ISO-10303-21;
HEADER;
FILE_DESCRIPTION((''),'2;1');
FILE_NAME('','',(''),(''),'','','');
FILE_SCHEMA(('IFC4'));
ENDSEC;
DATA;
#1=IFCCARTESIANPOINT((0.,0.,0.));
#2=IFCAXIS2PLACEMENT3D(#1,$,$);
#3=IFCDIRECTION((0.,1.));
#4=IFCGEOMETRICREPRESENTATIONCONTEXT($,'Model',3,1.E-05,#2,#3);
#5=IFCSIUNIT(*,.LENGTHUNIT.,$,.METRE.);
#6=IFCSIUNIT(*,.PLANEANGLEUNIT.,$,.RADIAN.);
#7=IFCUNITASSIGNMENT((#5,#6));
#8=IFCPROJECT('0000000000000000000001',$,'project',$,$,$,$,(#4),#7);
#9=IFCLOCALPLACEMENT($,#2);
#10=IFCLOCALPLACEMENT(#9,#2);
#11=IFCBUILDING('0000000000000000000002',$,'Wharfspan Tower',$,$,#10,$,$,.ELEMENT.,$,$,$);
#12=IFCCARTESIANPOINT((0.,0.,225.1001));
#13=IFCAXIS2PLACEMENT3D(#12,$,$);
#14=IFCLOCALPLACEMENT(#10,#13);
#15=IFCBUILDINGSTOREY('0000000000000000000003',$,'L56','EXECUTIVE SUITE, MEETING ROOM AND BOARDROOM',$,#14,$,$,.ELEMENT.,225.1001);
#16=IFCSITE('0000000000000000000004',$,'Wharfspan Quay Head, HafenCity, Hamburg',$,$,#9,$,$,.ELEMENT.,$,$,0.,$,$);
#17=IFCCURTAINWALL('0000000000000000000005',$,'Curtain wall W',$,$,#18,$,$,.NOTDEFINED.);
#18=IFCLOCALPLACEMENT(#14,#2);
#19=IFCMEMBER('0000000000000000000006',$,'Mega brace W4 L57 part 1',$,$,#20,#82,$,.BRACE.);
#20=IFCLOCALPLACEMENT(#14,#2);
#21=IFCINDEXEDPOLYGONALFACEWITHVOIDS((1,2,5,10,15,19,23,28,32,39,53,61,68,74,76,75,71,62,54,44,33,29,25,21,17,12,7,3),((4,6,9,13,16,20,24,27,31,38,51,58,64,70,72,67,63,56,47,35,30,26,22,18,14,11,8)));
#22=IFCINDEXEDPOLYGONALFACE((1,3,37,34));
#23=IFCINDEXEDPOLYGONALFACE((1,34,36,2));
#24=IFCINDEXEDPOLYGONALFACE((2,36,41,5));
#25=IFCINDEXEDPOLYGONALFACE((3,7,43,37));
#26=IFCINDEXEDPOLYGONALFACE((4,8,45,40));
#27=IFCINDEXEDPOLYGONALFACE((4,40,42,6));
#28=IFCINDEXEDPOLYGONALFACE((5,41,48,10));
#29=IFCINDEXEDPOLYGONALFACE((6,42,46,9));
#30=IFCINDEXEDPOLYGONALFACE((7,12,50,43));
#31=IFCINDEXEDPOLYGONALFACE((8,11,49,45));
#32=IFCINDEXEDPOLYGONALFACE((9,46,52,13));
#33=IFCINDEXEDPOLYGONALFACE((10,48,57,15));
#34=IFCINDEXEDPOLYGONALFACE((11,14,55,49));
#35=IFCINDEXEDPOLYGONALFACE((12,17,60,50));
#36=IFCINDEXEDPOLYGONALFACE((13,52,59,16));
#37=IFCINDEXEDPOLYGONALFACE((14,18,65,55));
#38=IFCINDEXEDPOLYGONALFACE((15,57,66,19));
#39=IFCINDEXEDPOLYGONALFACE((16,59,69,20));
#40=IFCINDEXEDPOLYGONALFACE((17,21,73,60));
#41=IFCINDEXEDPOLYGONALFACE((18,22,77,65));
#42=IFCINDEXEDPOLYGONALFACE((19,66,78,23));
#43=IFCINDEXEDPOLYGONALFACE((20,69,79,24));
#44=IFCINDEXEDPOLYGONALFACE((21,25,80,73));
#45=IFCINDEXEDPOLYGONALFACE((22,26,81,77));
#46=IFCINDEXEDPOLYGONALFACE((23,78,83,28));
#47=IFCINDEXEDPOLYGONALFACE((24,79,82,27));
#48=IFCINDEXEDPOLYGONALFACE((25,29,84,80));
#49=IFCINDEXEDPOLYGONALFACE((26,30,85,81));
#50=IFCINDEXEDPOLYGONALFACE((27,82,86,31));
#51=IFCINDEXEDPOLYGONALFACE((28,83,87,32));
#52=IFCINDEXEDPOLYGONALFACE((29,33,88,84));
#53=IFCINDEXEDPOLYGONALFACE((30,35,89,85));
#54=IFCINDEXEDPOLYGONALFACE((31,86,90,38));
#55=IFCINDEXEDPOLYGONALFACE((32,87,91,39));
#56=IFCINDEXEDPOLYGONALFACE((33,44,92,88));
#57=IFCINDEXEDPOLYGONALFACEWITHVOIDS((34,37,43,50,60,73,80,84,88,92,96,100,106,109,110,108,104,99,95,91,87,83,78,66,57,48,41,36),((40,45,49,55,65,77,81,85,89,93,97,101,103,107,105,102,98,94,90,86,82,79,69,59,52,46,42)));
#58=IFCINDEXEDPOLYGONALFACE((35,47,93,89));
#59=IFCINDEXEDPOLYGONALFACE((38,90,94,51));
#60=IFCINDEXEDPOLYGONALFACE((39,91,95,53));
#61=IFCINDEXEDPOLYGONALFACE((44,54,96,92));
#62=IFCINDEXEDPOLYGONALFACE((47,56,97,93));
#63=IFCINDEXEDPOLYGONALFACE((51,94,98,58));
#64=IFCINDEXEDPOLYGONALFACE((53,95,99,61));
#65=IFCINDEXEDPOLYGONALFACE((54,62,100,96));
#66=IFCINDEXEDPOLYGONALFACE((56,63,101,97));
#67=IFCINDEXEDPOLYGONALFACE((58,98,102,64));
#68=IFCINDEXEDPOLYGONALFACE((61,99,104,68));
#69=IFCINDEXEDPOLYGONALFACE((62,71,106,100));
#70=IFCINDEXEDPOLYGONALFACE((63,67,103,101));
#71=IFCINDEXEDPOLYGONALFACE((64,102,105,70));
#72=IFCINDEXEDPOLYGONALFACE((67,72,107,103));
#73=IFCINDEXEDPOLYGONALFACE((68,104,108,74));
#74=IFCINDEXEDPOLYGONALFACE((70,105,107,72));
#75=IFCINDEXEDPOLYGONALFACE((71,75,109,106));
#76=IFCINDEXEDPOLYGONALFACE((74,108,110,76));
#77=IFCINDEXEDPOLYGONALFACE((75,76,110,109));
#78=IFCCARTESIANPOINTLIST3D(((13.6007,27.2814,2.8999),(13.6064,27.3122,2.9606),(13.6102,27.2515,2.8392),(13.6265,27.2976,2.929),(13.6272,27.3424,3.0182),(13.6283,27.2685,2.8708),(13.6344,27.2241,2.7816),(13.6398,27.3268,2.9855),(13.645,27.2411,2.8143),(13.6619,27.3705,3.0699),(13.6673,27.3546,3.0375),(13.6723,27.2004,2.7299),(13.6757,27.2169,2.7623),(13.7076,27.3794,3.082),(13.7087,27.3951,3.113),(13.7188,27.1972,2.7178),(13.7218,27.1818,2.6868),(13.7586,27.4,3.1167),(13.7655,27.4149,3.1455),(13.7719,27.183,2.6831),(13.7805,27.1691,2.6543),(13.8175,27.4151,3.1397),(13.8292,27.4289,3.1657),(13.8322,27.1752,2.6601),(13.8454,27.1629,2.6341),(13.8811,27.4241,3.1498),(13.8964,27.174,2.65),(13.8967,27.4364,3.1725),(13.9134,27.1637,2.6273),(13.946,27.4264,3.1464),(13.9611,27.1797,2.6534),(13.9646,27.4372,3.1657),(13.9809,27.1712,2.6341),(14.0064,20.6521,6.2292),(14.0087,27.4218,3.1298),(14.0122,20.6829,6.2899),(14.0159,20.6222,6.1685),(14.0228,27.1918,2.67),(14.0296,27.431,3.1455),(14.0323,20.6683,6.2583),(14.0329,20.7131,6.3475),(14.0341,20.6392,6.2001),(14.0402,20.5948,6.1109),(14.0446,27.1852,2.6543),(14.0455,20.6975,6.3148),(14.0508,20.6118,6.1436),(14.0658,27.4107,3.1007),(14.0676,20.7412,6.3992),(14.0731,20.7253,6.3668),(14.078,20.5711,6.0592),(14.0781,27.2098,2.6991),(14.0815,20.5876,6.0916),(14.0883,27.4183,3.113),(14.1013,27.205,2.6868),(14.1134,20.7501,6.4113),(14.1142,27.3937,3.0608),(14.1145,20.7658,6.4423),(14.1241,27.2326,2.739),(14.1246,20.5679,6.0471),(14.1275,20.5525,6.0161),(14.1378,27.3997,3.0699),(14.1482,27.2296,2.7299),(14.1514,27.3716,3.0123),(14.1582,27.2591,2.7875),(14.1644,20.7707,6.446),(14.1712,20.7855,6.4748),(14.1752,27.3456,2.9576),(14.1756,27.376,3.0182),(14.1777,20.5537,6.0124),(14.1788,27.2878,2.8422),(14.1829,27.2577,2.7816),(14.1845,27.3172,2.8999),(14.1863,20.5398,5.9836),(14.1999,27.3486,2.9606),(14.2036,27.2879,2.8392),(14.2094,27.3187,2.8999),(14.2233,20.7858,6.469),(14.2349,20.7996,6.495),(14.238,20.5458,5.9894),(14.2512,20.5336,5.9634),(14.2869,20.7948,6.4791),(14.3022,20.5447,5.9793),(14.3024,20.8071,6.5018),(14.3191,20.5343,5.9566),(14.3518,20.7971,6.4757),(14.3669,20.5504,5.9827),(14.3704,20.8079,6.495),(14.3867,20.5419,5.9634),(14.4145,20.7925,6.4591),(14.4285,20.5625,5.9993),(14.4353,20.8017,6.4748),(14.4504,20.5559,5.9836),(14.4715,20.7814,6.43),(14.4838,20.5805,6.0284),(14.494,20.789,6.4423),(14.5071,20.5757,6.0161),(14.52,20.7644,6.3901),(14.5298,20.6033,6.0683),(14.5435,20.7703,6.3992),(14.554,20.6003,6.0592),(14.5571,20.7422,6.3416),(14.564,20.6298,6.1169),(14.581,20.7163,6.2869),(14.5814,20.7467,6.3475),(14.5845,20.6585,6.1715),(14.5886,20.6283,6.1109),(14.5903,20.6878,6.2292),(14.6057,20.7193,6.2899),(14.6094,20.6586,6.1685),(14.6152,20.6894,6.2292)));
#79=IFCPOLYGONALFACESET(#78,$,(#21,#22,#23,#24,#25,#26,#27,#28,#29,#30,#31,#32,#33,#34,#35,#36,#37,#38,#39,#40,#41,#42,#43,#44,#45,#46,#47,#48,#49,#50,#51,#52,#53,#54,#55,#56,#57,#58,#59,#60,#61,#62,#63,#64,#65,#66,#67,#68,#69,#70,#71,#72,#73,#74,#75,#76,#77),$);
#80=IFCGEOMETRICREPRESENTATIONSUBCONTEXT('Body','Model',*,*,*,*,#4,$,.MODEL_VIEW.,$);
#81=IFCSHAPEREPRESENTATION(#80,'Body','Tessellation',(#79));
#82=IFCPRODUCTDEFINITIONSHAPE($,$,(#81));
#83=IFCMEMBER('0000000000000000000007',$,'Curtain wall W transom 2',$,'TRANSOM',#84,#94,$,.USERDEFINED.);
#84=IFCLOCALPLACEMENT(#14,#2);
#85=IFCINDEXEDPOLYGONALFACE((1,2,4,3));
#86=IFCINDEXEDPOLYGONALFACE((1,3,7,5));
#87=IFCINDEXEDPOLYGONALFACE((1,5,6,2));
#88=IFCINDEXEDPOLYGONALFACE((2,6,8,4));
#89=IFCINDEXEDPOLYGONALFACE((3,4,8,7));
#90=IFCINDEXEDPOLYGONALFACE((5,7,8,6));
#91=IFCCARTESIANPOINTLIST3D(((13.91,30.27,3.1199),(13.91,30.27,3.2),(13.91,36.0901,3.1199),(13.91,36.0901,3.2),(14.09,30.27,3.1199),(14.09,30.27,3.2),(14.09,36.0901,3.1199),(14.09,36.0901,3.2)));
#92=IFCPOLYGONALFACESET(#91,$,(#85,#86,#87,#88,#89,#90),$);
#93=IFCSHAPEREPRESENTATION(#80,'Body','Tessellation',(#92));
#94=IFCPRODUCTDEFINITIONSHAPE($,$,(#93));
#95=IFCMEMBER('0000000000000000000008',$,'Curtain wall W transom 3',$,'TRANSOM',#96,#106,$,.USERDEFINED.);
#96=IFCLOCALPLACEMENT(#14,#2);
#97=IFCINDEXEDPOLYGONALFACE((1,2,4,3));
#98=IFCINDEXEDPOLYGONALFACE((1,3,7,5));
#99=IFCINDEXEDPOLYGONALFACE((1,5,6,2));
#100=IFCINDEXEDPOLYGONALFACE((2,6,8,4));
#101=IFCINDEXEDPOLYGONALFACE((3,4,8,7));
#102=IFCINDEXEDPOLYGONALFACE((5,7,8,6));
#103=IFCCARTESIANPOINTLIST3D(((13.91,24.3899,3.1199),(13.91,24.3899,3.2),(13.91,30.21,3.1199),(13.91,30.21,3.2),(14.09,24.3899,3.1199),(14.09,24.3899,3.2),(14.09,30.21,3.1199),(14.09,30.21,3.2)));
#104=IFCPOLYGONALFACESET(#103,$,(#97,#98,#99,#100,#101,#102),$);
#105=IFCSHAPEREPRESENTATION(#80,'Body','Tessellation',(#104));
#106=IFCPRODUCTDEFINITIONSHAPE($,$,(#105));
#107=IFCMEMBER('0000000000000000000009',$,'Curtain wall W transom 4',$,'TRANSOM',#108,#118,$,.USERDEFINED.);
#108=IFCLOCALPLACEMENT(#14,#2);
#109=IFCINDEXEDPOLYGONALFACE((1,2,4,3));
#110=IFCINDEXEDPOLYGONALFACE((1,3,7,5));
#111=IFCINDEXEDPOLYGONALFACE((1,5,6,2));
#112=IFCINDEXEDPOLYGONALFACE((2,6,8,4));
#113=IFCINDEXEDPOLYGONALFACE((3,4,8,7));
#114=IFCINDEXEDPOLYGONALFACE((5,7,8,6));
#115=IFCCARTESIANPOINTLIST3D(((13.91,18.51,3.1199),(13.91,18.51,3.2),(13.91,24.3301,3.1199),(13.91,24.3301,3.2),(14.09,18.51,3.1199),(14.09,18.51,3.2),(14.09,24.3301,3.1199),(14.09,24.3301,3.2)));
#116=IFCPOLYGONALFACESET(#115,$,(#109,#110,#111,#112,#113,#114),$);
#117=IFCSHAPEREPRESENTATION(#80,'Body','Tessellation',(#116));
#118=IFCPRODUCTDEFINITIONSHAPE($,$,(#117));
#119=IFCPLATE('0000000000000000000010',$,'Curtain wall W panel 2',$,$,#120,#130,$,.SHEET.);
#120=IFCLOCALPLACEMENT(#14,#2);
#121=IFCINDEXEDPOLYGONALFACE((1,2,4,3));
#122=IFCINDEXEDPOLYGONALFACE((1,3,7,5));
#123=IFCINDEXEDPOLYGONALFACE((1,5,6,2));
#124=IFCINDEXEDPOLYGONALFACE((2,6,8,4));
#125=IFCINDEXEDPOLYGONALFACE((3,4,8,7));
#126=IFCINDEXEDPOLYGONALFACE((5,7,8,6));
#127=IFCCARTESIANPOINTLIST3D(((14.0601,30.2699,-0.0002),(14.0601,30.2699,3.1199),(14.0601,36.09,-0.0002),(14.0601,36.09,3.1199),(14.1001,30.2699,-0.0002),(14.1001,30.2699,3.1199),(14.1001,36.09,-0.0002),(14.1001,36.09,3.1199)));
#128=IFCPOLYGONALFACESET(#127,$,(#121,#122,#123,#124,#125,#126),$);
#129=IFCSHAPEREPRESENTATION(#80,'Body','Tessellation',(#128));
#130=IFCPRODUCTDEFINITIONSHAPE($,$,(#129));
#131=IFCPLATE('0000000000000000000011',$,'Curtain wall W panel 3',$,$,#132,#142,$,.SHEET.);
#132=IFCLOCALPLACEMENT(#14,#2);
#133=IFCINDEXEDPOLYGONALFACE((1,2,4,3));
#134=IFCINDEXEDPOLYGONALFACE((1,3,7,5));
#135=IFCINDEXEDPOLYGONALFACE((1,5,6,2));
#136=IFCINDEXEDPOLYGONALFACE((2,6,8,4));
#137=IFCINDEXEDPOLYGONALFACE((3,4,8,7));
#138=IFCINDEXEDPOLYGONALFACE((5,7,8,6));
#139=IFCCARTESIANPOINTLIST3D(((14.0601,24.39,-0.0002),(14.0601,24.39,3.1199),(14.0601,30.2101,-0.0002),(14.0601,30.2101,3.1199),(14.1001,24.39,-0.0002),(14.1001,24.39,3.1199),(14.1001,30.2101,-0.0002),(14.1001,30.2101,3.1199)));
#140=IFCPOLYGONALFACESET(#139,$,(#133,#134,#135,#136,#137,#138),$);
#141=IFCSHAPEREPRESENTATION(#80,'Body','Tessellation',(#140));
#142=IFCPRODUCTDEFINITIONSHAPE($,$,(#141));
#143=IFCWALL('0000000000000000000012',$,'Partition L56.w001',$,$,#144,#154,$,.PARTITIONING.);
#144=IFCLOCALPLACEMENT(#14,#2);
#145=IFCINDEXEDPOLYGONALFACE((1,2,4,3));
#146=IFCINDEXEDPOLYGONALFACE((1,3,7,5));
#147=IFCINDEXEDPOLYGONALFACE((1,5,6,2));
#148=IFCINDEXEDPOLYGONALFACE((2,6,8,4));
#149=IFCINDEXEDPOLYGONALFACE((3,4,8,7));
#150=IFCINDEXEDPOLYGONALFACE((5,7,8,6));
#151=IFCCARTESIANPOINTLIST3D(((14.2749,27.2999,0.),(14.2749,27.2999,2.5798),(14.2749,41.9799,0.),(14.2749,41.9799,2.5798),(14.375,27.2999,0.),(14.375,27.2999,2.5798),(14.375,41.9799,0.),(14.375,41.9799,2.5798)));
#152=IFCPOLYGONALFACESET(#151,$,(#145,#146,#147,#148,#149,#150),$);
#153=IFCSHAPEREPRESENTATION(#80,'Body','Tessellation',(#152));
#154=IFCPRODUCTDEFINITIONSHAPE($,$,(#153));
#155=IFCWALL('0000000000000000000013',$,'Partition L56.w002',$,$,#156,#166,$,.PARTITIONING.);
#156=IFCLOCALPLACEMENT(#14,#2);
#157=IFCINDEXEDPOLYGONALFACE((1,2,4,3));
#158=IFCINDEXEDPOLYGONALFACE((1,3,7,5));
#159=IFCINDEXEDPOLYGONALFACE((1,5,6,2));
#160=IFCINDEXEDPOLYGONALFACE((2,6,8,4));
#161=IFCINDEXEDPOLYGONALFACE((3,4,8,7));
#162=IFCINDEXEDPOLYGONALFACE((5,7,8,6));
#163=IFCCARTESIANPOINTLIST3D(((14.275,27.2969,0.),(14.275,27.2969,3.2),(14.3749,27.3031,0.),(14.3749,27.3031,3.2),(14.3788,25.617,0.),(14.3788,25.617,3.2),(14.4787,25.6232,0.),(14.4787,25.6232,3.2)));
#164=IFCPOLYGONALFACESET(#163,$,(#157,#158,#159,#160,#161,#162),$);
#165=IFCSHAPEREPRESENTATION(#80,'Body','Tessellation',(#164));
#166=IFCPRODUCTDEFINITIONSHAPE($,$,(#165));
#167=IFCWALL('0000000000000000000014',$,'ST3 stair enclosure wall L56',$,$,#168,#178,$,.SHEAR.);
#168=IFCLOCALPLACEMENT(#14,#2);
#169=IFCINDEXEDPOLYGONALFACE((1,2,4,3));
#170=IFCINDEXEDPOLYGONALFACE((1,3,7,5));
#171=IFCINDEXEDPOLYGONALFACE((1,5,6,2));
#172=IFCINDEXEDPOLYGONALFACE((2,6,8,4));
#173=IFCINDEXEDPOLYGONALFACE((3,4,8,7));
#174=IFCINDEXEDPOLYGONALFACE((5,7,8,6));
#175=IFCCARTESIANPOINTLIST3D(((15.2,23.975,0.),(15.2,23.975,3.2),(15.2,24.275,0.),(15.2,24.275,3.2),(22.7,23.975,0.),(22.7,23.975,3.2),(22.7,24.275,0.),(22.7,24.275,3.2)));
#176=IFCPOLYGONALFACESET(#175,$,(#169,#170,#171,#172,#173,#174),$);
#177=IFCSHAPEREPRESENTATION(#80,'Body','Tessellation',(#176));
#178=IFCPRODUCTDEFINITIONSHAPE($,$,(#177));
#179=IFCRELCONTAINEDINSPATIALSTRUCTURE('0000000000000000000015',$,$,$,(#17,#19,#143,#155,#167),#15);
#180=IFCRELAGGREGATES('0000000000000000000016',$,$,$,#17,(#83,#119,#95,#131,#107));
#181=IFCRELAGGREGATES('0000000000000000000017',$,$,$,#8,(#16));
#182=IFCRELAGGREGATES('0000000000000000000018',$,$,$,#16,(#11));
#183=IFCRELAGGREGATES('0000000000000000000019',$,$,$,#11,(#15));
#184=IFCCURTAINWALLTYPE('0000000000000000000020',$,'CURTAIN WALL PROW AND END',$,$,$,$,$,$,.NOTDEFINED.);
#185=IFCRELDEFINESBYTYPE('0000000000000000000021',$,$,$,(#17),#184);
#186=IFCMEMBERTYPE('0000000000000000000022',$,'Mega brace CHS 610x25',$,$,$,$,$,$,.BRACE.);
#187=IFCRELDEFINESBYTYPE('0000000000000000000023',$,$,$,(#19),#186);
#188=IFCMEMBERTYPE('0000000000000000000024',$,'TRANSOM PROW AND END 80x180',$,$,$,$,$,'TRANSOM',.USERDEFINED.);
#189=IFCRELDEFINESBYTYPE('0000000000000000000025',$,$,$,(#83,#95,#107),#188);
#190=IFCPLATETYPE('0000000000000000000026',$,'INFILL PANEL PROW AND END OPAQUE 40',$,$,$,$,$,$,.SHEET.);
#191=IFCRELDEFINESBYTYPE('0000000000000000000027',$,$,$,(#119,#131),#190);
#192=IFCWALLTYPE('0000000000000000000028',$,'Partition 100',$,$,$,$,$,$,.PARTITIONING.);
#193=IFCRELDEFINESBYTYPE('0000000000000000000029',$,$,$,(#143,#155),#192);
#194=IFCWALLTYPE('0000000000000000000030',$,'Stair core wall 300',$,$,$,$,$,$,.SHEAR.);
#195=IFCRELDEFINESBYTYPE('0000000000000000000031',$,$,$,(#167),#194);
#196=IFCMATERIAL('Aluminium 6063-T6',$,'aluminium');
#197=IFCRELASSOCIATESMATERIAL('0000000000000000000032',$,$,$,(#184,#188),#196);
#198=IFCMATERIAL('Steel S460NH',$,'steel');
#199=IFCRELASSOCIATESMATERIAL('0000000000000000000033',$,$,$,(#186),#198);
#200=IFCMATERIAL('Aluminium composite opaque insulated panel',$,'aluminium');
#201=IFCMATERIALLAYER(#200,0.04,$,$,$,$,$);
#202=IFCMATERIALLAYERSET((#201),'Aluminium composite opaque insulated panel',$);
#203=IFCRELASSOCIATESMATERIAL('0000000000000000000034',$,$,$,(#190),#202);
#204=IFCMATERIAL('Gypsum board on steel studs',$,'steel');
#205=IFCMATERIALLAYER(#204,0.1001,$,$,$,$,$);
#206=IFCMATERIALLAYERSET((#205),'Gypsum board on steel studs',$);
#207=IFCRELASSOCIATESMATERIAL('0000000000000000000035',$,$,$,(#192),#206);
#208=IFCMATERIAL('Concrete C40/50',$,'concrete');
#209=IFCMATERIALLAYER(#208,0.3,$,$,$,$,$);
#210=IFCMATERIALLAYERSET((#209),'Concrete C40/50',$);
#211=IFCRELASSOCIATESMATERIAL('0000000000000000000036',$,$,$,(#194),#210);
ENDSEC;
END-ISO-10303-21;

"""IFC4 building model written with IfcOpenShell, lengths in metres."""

from ifc_helpers import new_model, si_unit, direction, frame, frame_2d, origin, origin_2d, place, context, subcontext, project, spatial, rectangle, hollow_circle, extrude, material, layer, layer_set, material_profile, profile_set, type_object, element, aggregate, save


model = new_model("IFC4")

# Units and contexts
model_context = context("Model", 3, precision=1e-05, world=origin(), true_north=direction((0.0, 1.0)))
body_context = subcontext(model_context, "Body", "Model", "MODEL_VIEW")
ifc_project = project(units=[si_unit("LENGTHUNIT", "METRE"), si_unit("PLANEANGLEUNIT", "RADIAN")], contexts=[model_context])

# Site, building, storey
site_placement = place(None, origin())
site = spatial("IfcSite", under=ifc_project, at=site_placement, Name="Wharfspan Quay Head, HafenCity, Hamburg", CompositionType="ELEMENT", RefElevation=0.0)
building_placement = place(site_placement, origin())
building = spatial("IfcBuilding", under=site, at=building_placement, Name="Wharfspan Tower", CompositionType="ELEMENT")
storey_placement = place(building_placement, frame((0.0, 0.0, 225.1001)))
storey = spatial("IfcBuildingStorey", under=building, at=storey_placement, Name="L56", Description="EXECUTIVE SUITE, MEETING ROOM AND BOARDROOM", CompositionType="ELEMENT", Elevation=225.1001)

# Curtain wall
ifc_material_1 = material(Name="Aluminium 6063-T6", Category="aluminium")
curtain_wall_type = type_object("IfcCurtainWallType", Name="CURTAIN WALL PROW AND END", PredefinedType="NOTDEFINED", material=ifc_material_1)
curtain_wall_placement = place(storey_placement, origin())
curtain_wall = element("IfcCurtainWall", 1, at=curtain_wall_placement, inside=storey, type_object=curtain_wall_type, Name="Curtain wall W", PredefinedType="NOTDEFINED")

# Member
ifc_material_2 = material(Name="Steel S460NH", Category="steel")
ifc_material_profile_1 = material_profile(ifc_material_2, hollow_circle(Radius=0.3049, WallThickness=0.0249, at=origin_2d()))
ifc_profile_set_1 = profile_set([ifc_material_profile_1], Name="Steel S460NH")
member_type_1 = type_object("IfcMemberType", Name="Mega brace CHS 610x25", PredefinedType="BRACE", material=ifc_profile_set_1)
member_1_placement = place(storey_placement, frame((13.905, 27.3, 2.8999), z_axis=(0.054615, -0.892302, 0.448123), x_axis=(0.998132, 0.061091, -0.000003)))
element("IfcMember", 2, at=member_1_placement, inside=storey, type_object=member_type_1, Name="Mega brace W4 L57 part 1", PredefinedType="BRACE", context=body_context, shape_type="SweptSolid", body=[
    extrude(hollow_circle(Radius=0.3049, WallThickness=0.0249, at=origin_2d()), origin(), (0.0, 0.0, 1.0), 7.4294),
])

# Members
ifc_material_profile_2 = material_profile(ifc_material_1, rectangle(XDim=0.1799, YDim=0.0801, at=origin_2d()))
ifc_profile_set_2 = profile_set([ifc_material_profile_2], Name="Aluminium 6063-T6")
member_type_2 = type_object("IfcMemberType", Name="TRANSOM PROW AND END 80x180", ElementType="TRANSOM", PredefinedType="USERDEFINED", material=ifc_profile_set_2)
member_2_placement = place(storey_placement, frame((14.0, 36.0901, 3.1599), z_axis=(0.0, -1.0, 0.0), x_axis=(1.0, 0.0, 0.0)))
member_2 = element("IfcMember", 3, at=member_2_placement, type_object=member_type_2, Name="Curtain wall W transom 2", ObjectType="TRANSOM", PredefinedType="USERDEFINED", context=body_context, shape_type="SweptSolid", body=[
    extrude(rectangle(XDim=0.1799, YDim=0.0801, at=origin_2d()), origin(), (0.0, 0.0, 1.0), 5.8201),
])
member_3_placement = place(storey_placement, frame((14.0, 30.21, 3.1599), z_axis=(0.0, -1.0, 0.0), x_axis=(1.0, 0.0, 0.0)))
member_3 = element("IfcMember", 4, at=member_3_placement, type_object=member_type_2, Name="Curtain wall W transom 3", ObjectType="TRANSOM", PredefinedType="USERDEFINED", context=body_context, shape_type="SweptSolid", body=[
    extrude(rectangle(XDim=0.1799, YDim=0.0801, at=origin_2d()), origin(), (0.0, 0.0, 1.0), 5.8201),
])
member_4_placement = place(storey_placement, frame((14.0, 24.3301, 3.1599), z_axis=(0.0, -1.0, 0.0), x_axis=(1.0, 0.0, 0.0)))
member_4 = element("IfcMember", 5, at=member_4_placement, type_object=member_type_2, Name="Curtain wall W transom 4", ObjectType="TRANSOM", PredefinedType="USERDEFINED", context=body_context, shape_type="SweptSolid", body=[
    extrude(rectangle(XDim=0.1799, YDim=0.0801, at=origin_2d()), origin(), (0.0, 0.0, 1.0), 5.8201),
])

# Plates
ifc_material_3 = material(Name="Aluminium composite opaque insulated panel", Category="aluminium")
ifc_layer_1 = layer(ifc_material_3, 0.04)
ifc_layer_set_1 = layer_set([ifc_layer_1], Name="Aluminium composite opaque insulated panel")
plate_type = type_object("IfcPlateType", Name="INFILL PANEL PROW AND END OPAQUE 40", PredefinedType="SHEET", material=ifc_layer_set_1)
plate_1_placement = place(storey_placement, frame((14.0801, 33.1799, -0.0002), z_axis=(0.0, 0.0, 1.0), x_axis=(0.0, -1.0, 0.0)))
plate_1 = element("IfcPlate", 6, at=plate_1_placement, type_object=plate_type, Name="Curtain wall W panel 2", PredefinedType="SHEET", context=body_context, shape_type="SweptSolid", body=[
    extrude(rectangle(XDim=5.8201, YDim=0.04, at=origin_2d()), origin(), (0.0, 0.0, 1.0), 3.1201),
])
plate_2_placement = place(storey_placement, frame((14.0801, 27.3, -0.0002), z_axis=(0.0, 0.0, 1.0), x_axis=(0.0, -1.0, 0.0)))
plate_2 = element("IfcPlate", 7, at=plate_2_placement, type_object=plate_type, Name="Curtain wall W panel 3", PredefinedType="SHEET", context=body_context, shape_type="SweptSolid", body=[
    extrude(rectangle(XDim=5.8201, YDim=0.04, at=origin_2d()), origin(), (0.0, 0.0, 1.0), 3.1201),
])
aggregate(curtain_wall, [member_2, plate_1, member_3, plate_2, member_4])

# Walls
ifc_material_4 = material(Name="Gypsum board on steel studs", Category="steel")
ifc_layer_2 = layer(ifc_material_4, 0.1001)
ifc_layer_set_2 = layer_set([ifc_layer_2], Name="Gypsum board on steel studs")
wall_type_1 = type_object("IfcWallType", Name="Partition 100", PredefinedType="PARTITIONING", material=ifc_layer_set_2)
wall_1_placement = place(storey_placement, frame((14.325, 27.3, 0.0), z_axis=(0.0, 0.0, 1.0), x_axis=(0.0, 1.0, 0.0)))
element("IfcWall", 8, at=wall_1_placement, inside=storey, type_object=wall_type_1, Name="Partition L56.w001", PredefinedType="PARTITIONING", context=body_context, shape_type="SweptSolid", body=[
    extrude(rectangle(XDim=14.6799, YDim=0.1001, at=frame_2d((7.3398, 0.0))), origin(), (0.0, 0.0, 1.0), 2.5798),
])
wall_2_placement = place(storey_placement, frame((14.4287, 25.6201, 0.0), z_axis=(0.0, 0.0, 1.0), x_axis=(-0.061647, 0.998101, 0.0)))
element("IfcWall", 9, at=wall_2_placement, inside=storey, type_object=wall_type_1, Name="Partition L56.w002", PredefinedType="PARTITIONING", context=body_context, shape_type="SweptSolid", body=[
    extrude(rectangle(XDim=1.6831, YDim=0.1001, at=frame_2d((0.8416, 0.0))), origin(), (0.0, 0.0, 1.0), 3.2),
])
ifc_material_5 = material(Name="Concrete C40/50", Category="concrete")
ifc_layer_3 = layer(ifc_material_5, 0.3)
ifc_layer_set_3 = layer_set([ifc_layer_3], Name="Concrete C40/50")
wall_type_2 = type_object("IfcWallType", Name="Stair core wall 300", PredefinedType="SHEAR", material=ifc_layer_set_3)
wall_3_placement = place(storey_placement, frame((15.2, 24.125, 0.0), z_axis=(0.0, 0.0, 1.0), x_axis=(1.0, 0.0, 0.0)))
element("IfcWall", 10, at=wall_3_placement, inside=storey, type_object=wall_type_2, Name="ST3 stair enclosure wall L56", PredefinedType="SHEAR", context=body_context, shape_type="SweptSolid", body=[
    extrude(rectangle(XDim=7.5, YDim=0.3, at=frame_2d((3.75, 0.0))), origin(), (0.0, 0.0, 1.0), 3.2),
])

save(model, "model.ifc")
